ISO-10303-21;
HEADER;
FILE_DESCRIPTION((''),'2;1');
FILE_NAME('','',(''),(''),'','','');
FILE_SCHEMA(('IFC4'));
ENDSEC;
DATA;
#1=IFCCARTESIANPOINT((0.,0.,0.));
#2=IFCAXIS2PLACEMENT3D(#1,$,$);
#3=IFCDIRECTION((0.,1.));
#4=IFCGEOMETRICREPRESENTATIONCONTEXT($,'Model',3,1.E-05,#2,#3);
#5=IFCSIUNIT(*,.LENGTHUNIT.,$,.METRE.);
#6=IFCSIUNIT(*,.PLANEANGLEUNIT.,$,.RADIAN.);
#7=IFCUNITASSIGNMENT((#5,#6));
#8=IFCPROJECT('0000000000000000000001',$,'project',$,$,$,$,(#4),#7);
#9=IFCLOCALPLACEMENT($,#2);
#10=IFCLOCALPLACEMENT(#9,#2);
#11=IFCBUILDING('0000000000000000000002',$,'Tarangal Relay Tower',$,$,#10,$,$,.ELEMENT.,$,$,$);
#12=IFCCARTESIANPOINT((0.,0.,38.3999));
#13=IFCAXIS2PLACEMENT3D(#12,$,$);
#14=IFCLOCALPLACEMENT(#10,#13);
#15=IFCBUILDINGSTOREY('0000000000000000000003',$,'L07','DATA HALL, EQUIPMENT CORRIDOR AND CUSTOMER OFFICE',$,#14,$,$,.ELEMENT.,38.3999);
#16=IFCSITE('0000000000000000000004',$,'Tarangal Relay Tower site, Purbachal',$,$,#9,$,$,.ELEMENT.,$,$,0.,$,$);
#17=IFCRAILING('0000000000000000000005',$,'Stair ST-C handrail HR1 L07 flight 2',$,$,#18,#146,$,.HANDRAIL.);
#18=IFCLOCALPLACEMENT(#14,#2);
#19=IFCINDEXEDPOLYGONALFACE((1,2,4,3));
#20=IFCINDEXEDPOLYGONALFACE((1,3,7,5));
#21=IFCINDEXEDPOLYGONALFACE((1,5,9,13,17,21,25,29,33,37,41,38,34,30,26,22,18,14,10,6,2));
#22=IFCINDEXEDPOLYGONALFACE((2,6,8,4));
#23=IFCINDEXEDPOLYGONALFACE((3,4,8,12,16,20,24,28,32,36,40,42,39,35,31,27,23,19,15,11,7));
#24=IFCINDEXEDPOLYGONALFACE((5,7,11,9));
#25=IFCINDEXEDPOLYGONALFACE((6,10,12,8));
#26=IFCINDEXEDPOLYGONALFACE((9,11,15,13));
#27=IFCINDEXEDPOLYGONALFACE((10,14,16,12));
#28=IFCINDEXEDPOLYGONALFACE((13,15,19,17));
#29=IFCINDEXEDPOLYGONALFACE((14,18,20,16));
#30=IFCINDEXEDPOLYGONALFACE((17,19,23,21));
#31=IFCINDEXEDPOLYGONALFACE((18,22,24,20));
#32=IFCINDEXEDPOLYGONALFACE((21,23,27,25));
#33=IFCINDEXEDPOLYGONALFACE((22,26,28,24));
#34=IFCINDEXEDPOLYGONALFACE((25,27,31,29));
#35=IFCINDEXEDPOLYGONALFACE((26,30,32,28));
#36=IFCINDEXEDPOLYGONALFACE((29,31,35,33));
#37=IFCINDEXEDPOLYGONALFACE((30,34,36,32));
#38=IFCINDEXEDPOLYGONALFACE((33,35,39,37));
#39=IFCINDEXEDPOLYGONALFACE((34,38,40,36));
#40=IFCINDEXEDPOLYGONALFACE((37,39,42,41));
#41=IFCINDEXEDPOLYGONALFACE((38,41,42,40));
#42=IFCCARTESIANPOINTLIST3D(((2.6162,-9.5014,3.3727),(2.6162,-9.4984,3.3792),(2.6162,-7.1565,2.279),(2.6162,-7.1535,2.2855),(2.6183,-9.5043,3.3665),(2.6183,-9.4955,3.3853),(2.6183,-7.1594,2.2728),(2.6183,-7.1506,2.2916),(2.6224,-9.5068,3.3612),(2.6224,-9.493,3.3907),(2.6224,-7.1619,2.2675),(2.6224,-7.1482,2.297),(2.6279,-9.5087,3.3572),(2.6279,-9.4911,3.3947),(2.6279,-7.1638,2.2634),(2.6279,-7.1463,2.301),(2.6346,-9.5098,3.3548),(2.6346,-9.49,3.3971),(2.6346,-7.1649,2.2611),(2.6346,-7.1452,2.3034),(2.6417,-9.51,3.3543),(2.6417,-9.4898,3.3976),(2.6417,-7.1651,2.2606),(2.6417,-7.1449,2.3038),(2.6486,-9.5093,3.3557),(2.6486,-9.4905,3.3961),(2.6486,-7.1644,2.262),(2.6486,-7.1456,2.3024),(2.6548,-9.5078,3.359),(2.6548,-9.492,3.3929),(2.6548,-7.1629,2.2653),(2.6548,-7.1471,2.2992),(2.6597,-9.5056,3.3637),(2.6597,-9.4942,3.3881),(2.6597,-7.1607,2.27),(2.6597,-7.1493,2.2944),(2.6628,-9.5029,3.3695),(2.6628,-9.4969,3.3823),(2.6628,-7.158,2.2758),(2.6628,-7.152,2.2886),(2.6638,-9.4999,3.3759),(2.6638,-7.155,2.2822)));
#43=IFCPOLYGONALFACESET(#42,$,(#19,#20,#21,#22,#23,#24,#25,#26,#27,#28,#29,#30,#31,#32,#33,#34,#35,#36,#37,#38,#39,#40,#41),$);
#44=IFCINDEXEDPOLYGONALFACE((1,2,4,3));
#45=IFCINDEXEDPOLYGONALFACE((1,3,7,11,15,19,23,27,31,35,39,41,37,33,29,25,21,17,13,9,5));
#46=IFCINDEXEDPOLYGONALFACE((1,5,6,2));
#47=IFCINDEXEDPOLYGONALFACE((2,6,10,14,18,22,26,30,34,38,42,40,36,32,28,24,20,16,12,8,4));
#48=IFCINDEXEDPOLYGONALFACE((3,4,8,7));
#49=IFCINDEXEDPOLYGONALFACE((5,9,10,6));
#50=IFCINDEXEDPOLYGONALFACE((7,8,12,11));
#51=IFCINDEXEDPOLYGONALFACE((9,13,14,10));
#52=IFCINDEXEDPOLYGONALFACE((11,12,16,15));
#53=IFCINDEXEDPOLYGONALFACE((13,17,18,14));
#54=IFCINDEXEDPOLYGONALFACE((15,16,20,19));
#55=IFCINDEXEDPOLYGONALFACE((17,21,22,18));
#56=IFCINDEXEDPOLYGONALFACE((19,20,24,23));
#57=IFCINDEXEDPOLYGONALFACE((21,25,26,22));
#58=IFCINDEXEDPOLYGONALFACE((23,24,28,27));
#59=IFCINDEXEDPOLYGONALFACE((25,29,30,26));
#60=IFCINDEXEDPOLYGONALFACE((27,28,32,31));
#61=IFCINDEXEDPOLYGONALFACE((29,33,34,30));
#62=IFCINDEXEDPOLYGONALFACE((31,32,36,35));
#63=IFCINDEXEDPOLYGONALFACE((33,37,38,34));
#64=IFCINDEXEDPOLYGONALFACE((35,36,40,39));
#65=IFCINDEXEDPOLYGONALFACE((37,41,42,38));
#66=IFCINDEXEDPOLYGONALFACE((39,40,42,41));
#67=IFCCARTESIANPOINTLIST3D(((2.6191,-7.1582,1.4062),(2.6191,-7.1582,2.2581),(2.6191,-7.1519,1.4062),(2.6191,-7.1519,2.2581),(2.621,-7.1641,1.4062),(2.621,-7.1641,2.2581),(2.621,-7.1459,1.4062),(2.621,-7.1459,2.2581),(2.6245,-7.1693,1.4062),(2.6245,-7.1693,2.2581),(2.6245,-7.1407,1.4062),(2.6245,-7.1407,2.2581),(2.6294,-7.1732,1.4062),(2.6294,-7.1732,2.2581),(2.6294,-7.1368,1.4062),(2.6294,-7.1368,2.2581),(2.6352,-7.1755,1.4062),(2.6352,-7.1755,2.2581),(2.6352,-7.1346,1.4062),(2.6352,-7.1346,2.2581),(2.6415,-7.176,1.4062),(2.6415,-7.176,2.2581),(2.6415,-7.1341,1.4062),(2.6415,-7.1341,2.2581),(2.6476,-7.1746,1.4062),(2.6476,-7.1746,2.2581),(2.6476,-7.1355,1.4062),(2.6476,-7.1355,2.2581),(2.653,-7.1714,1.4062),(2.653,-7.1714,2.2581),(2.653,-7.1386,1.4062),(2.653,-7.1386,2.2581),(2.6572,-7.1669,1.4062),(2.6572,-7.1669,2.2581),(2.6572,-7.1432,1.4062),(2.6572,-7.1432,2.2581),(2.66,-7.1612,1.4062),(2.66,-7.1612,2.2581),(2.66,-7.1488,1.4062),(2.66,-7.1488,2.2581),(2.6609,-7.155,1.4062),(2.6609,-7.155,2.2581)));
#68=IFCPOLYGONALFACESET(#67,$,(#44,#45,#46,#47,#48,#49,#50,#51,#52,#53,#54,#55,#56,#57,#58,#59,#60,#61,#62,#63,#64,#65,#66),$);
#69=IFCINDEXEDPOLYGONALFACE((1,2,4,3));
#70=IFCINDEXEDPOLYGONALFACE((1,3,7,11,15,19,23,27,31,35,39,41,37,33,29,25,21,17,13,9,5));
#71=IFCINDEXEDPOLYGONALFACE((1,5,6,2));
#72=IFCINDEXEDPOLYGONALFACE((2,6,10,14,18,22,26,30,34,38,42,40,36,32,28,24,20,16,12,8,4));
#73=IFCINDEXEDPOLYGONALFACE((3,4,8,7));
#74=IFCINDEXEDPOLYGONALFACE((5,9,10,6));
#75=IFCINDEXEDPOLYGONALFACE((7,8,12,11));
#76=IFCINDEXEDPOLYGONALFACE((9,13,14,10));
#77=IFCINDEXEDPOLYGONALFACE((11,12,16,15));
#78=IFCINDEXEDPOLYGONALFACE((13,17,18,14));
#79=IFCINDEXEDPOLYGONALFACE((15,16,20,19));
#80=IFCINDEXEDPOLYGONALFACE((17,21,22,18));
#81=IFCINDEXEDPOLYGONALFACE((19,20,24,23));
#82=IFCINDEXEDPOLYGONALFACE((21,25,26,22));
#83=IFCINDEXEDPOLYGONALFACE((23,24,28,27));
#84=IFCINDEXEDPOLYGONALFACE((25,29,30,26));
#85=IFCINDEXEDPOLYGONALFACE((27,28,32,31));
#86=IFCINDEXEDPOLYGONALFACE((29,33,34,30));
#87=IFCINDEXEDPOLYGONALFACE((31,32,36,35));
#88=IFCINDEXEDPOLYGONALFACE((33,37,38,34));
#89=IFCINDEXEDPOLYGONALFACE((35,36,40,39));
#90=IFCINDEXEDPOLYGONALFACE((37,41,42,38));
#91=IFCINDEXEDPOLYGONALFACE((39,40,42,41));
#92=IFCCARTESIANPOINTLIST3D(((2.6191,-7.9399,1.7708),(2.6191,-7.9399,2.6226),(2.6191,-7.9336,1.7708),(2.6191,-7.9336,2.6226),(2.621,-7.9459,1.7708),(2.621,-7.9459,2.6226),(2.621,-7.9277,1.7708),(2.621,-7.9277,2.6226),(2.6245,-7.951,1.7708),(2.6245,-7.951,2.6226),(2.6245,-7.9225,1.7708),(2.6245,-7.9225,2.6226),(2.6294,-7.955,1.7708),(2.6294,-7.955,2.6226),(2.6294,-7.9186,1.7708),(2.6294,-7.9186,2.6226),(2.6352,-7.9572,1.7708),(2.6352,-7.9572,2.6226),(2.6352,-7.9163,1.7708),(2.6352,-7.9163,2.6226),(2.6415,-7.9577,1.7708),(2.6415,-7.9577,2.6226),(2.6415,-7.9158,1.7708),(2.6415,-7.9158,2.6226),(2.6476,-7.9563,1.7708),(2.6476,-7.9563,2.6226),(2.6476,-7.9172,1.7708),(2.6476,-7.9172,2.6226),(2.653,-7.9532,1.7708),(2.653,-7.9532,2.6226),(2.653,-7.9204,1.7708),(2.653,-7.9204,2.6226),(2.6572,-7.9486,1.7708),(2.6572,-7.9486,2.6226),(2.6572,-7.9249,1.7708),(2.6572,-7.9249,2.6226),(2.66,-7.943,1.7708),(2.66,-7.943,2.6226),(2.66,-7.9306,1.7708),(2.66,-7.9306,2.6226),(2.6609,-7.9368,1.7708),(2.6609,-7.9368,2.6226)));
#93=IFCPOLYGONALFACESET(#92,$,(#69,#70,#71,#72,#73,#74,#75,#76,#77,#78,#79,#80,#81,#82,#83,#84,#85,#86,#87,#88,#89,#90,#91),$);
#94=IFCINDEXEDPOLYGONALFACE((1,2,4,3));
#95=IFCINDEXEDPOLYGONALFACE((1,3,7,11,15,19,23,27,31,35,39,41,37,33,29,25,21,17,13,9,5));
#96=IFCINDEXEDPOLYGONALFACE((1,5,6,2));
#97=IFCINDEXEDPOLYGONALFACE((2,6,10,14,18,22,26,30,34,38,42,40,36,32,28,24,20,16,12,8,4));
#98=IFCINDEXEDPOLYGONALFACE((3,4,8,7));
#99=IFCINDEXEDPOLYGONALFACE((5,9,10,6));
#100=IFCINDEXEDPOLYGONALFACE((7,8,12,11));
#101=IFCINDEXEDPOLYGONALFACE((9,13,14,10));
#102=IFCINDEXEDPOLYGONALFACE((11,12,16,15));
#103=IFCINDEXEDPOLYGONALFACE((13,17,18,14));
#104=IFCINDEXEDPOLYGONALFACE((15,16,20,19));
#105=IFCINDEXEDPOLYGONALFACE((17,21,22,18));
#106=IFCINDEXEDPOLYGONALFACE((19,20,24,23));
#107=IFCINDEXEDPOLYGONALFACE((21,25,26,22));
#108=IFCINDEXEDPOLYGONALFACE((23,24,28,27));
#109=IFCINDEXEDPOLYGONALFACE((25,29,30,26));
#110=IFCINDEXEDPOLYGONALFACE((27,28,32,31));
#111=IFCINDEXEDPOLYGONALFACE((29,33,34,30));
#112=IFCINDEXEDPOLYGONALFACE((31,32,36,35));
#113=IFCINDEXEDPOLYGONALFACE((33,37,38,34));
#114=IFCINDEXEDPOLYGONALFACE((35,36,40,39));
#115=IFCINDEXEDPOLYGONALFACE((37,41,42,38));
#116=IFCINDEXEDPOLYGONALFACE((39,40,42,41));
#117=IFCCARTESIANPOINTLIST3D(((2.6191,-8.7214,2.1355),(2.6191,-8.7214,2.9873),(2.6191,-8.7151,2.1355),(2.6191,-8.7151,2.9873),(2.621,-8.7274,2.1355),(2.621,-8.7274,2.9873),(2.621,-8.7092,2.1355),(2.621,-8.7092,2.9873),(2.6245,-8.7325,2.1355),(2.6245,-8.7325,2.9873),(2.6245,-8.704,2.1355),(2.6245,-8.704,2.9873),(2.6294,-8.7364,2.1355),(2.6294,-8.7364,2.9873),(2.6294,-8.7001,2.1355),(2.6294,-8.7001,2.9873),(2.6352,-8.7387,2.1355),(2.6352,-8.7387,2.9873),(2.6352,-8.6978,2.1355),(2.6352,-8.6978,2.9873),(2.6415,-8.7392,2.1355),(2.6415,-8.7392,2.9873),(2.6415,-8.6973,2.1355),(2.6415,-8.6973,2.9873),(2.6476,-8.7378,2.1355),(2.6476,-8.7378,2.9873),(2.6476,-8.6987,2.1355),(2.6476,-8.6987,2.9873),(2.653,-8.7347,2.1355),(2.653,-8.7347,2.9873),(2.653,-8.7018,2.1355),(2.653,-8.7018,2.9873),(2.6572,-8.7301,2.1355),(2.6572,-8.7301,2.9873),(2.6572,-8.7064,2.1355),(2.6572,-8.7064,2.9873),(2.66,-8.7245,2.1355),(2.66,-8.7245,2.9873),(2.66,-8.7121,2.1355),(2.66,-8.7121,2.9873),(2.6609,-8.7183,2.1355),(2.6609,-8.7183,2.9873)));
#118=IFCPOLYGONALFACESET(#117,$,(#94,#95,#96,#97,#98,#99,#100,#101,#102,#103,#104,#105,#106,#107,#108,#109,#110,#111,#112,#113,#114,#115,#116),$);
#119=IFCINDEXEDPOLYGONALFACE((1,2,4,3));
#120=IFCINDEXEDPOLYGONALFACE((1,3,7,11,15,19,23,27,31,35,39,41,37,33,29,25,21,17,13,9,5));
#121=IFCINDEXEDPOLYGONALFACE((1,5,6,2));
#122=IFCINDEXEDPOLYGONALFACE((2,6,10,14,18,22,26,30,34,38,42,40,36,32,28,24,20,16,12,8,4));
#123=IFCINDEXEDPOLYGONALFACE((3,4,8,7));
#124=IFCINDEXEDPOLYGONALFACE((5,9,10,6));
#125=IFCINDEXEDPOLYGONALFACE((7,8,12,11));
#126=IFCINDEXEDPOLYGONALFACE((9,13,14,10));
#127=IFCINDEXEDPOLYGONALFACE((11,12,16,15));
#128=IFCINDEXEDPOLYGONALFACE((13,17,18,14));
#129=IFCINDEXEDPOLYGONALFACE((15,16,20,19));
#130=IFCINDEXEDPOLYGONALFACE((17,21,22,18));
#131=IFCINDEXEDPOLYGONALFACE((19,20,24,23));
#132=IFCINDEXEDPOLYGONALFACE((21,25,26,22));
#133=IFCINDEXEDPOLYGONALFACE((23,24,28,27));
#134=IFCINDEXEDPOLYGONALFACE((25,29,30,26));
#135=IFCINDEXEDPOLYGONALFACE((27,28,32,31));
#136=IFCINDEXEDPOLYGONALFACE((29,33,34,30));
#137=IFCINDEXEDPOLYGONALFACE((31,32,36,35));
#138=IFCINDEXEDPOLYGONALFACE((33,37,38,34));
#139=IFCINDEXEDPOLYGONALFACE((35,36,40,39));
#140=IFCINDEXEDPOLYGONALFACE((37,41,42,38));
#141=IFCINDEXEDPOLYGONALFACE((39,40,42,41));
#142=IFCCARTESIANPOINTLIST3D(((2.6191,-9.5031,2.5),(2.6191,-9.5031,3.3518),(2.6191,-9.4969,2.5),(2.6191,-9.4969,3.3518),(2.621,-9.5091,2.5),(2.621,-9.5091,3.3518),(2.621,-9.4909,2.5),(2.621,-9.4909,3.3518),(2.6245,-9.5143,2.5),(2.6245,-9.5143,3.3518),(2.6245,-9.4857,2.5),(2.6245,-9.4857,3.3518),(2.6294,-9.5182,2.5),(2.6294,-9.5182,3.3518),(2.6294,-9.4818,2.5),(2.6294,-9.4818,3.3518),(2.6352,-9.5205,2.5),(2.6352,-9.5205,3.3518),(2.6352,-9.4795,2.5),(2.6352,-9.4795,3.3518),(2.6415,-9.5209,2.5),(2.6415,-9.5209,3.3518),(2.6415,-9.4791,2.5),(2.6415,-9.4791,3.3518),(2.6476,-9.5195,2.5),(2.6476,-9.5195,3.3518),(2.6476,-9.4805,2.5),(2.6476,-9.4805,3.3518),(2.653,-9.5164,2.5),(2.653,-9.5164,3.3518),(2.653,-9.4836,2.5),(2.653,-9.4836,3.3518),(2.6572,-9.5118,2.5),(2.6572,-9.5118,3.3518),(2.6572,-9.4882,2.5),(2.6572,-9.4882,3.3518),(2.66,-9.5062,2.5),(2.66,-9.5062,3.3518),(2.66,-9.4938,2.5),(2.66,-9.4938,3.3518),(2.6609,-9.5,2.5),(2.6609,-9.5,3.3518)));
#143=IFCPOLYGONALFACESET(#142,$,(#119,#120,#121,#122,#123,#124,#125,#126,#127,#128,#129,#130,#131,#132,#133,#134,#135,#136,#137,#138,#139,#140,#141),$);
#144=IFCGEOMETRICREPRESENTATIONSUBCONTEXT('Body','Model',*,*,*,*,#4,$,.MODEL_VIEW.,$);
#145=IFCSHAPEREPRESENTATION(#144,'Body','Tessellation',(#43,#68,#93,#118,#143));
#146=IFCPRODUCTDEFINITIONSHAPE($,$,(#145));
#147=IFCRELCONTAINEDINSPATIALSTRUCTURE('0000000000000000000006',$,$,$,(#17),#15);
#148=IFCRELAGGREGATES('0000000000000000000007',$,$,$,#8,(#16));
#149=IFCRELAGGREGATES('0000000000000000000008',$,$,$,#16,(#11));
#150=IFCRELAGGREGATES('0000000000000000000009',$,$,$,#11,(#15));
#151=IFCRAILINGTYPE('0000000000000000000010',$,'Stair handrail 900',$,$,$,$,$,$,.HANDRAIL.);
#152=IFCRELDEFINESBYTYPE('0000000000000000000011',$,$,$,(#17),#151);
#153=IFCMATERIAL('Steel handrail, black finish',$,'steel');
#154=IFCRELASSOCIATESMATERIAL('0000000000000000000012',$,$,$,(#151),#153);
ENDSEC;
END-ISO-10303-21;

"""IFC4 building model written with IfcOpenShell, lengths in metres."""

from ifc_helpers import new_model, si_unit, direction, frame, origin, origin_2d, place, context, subcontext, project, spatial, circle, extrude, material, type_object, element, save


model = new_model("IFC4")

# Units and contexts
model_context = context("Model", 3, precision=1e-05, world=origin(), true_north=direction((0.0, 1.0)))
body_context = subcontext(model_context, "Body", "Model", "MODEL_VIEW")
ifc_project = project(units=[si_unit("LENGTHUNIT", "METRE"), si_unit("PLANEANGLEUNIT", "RADIAN")], contexts=[model_context])

# Site, building, storey
site_placement = place(None, origin())
site = spatial("IfcSite", under=ifc_project, at=site_placement, Name="Tarangal Relay Tower site, Purbachal", CompositionType="ELEMENT", RefElevation=0.0)
building_placement = place(site_placement, origin())
building = spatial("IfcBuilding", under=site, at=building_placement, Name="Tarangal Relay Tower", CompositionType="ELEMENT")
storey_placement = place(building_placement, frame((0.0, 0.0, 38.3999)))
storey = spatial("IfcBuildingStorey", under=building, at=storey_placement, Name="L07", Description="DATA HALL, EQUIPMENT CORRIDOR AND CUSTOMER OFFICE", CompositionType="ELEMENT", Elevation=38.3999)

# Railing
ifc_material_1 = material(Name="Steel handrail, black finish", Category="steel")
railing_type_1 = type_object("IfcRailingType", Name="Stair handrail 900", PredefinedType="HANDRAIL", material=ifc_material_1)
for number, where, name in (
    (1, (2.6399, -7.155, 1.4062), "Stair ST-C handrail HR1 L07 flight 2"),
):
    element("IfcRailing", number, at=place(storey_placement, frame(where)), inside=storey, type_object=railing_type_1, Name=name, PredefinedType="HANDRAIL", context=body_context, shape_type="SweptSolid", body=[
        extrude(circle(Radius=0.0239, at=origin_2d()), frame((0.0, 0.0, 0.876), z_axis=(0.0, -0.906267, 0.422705), x_axis=(1.0, 0.0, 0.0)), (0.0, 0.0, 1.0), 2.5874),
        extrude(circle(Radius=0.021, at=origin_2d()), origin(), (0.0, 0.0, 1.0), 0.8518),
        extrude(circle(Radius=0.021, at=origin_2d()), frame((0.0, -0.7817, 0.3645)), (0.0, 0.0, 1.0), 0.8518),
        extrude(circle(Radius=0.021, at=origin_2d()), frame((0.0, -1.5632, 0.7292)), (0.0, 0.0, 1.0), 0.8518),
        extrude(circle(Radius=0.021, at=origin_2d()), frame((0.0, -2.345, 1.0938)), (0.0, 0.0, 1.0), 0.8518),
    ])

save(model, "model.ifc")
